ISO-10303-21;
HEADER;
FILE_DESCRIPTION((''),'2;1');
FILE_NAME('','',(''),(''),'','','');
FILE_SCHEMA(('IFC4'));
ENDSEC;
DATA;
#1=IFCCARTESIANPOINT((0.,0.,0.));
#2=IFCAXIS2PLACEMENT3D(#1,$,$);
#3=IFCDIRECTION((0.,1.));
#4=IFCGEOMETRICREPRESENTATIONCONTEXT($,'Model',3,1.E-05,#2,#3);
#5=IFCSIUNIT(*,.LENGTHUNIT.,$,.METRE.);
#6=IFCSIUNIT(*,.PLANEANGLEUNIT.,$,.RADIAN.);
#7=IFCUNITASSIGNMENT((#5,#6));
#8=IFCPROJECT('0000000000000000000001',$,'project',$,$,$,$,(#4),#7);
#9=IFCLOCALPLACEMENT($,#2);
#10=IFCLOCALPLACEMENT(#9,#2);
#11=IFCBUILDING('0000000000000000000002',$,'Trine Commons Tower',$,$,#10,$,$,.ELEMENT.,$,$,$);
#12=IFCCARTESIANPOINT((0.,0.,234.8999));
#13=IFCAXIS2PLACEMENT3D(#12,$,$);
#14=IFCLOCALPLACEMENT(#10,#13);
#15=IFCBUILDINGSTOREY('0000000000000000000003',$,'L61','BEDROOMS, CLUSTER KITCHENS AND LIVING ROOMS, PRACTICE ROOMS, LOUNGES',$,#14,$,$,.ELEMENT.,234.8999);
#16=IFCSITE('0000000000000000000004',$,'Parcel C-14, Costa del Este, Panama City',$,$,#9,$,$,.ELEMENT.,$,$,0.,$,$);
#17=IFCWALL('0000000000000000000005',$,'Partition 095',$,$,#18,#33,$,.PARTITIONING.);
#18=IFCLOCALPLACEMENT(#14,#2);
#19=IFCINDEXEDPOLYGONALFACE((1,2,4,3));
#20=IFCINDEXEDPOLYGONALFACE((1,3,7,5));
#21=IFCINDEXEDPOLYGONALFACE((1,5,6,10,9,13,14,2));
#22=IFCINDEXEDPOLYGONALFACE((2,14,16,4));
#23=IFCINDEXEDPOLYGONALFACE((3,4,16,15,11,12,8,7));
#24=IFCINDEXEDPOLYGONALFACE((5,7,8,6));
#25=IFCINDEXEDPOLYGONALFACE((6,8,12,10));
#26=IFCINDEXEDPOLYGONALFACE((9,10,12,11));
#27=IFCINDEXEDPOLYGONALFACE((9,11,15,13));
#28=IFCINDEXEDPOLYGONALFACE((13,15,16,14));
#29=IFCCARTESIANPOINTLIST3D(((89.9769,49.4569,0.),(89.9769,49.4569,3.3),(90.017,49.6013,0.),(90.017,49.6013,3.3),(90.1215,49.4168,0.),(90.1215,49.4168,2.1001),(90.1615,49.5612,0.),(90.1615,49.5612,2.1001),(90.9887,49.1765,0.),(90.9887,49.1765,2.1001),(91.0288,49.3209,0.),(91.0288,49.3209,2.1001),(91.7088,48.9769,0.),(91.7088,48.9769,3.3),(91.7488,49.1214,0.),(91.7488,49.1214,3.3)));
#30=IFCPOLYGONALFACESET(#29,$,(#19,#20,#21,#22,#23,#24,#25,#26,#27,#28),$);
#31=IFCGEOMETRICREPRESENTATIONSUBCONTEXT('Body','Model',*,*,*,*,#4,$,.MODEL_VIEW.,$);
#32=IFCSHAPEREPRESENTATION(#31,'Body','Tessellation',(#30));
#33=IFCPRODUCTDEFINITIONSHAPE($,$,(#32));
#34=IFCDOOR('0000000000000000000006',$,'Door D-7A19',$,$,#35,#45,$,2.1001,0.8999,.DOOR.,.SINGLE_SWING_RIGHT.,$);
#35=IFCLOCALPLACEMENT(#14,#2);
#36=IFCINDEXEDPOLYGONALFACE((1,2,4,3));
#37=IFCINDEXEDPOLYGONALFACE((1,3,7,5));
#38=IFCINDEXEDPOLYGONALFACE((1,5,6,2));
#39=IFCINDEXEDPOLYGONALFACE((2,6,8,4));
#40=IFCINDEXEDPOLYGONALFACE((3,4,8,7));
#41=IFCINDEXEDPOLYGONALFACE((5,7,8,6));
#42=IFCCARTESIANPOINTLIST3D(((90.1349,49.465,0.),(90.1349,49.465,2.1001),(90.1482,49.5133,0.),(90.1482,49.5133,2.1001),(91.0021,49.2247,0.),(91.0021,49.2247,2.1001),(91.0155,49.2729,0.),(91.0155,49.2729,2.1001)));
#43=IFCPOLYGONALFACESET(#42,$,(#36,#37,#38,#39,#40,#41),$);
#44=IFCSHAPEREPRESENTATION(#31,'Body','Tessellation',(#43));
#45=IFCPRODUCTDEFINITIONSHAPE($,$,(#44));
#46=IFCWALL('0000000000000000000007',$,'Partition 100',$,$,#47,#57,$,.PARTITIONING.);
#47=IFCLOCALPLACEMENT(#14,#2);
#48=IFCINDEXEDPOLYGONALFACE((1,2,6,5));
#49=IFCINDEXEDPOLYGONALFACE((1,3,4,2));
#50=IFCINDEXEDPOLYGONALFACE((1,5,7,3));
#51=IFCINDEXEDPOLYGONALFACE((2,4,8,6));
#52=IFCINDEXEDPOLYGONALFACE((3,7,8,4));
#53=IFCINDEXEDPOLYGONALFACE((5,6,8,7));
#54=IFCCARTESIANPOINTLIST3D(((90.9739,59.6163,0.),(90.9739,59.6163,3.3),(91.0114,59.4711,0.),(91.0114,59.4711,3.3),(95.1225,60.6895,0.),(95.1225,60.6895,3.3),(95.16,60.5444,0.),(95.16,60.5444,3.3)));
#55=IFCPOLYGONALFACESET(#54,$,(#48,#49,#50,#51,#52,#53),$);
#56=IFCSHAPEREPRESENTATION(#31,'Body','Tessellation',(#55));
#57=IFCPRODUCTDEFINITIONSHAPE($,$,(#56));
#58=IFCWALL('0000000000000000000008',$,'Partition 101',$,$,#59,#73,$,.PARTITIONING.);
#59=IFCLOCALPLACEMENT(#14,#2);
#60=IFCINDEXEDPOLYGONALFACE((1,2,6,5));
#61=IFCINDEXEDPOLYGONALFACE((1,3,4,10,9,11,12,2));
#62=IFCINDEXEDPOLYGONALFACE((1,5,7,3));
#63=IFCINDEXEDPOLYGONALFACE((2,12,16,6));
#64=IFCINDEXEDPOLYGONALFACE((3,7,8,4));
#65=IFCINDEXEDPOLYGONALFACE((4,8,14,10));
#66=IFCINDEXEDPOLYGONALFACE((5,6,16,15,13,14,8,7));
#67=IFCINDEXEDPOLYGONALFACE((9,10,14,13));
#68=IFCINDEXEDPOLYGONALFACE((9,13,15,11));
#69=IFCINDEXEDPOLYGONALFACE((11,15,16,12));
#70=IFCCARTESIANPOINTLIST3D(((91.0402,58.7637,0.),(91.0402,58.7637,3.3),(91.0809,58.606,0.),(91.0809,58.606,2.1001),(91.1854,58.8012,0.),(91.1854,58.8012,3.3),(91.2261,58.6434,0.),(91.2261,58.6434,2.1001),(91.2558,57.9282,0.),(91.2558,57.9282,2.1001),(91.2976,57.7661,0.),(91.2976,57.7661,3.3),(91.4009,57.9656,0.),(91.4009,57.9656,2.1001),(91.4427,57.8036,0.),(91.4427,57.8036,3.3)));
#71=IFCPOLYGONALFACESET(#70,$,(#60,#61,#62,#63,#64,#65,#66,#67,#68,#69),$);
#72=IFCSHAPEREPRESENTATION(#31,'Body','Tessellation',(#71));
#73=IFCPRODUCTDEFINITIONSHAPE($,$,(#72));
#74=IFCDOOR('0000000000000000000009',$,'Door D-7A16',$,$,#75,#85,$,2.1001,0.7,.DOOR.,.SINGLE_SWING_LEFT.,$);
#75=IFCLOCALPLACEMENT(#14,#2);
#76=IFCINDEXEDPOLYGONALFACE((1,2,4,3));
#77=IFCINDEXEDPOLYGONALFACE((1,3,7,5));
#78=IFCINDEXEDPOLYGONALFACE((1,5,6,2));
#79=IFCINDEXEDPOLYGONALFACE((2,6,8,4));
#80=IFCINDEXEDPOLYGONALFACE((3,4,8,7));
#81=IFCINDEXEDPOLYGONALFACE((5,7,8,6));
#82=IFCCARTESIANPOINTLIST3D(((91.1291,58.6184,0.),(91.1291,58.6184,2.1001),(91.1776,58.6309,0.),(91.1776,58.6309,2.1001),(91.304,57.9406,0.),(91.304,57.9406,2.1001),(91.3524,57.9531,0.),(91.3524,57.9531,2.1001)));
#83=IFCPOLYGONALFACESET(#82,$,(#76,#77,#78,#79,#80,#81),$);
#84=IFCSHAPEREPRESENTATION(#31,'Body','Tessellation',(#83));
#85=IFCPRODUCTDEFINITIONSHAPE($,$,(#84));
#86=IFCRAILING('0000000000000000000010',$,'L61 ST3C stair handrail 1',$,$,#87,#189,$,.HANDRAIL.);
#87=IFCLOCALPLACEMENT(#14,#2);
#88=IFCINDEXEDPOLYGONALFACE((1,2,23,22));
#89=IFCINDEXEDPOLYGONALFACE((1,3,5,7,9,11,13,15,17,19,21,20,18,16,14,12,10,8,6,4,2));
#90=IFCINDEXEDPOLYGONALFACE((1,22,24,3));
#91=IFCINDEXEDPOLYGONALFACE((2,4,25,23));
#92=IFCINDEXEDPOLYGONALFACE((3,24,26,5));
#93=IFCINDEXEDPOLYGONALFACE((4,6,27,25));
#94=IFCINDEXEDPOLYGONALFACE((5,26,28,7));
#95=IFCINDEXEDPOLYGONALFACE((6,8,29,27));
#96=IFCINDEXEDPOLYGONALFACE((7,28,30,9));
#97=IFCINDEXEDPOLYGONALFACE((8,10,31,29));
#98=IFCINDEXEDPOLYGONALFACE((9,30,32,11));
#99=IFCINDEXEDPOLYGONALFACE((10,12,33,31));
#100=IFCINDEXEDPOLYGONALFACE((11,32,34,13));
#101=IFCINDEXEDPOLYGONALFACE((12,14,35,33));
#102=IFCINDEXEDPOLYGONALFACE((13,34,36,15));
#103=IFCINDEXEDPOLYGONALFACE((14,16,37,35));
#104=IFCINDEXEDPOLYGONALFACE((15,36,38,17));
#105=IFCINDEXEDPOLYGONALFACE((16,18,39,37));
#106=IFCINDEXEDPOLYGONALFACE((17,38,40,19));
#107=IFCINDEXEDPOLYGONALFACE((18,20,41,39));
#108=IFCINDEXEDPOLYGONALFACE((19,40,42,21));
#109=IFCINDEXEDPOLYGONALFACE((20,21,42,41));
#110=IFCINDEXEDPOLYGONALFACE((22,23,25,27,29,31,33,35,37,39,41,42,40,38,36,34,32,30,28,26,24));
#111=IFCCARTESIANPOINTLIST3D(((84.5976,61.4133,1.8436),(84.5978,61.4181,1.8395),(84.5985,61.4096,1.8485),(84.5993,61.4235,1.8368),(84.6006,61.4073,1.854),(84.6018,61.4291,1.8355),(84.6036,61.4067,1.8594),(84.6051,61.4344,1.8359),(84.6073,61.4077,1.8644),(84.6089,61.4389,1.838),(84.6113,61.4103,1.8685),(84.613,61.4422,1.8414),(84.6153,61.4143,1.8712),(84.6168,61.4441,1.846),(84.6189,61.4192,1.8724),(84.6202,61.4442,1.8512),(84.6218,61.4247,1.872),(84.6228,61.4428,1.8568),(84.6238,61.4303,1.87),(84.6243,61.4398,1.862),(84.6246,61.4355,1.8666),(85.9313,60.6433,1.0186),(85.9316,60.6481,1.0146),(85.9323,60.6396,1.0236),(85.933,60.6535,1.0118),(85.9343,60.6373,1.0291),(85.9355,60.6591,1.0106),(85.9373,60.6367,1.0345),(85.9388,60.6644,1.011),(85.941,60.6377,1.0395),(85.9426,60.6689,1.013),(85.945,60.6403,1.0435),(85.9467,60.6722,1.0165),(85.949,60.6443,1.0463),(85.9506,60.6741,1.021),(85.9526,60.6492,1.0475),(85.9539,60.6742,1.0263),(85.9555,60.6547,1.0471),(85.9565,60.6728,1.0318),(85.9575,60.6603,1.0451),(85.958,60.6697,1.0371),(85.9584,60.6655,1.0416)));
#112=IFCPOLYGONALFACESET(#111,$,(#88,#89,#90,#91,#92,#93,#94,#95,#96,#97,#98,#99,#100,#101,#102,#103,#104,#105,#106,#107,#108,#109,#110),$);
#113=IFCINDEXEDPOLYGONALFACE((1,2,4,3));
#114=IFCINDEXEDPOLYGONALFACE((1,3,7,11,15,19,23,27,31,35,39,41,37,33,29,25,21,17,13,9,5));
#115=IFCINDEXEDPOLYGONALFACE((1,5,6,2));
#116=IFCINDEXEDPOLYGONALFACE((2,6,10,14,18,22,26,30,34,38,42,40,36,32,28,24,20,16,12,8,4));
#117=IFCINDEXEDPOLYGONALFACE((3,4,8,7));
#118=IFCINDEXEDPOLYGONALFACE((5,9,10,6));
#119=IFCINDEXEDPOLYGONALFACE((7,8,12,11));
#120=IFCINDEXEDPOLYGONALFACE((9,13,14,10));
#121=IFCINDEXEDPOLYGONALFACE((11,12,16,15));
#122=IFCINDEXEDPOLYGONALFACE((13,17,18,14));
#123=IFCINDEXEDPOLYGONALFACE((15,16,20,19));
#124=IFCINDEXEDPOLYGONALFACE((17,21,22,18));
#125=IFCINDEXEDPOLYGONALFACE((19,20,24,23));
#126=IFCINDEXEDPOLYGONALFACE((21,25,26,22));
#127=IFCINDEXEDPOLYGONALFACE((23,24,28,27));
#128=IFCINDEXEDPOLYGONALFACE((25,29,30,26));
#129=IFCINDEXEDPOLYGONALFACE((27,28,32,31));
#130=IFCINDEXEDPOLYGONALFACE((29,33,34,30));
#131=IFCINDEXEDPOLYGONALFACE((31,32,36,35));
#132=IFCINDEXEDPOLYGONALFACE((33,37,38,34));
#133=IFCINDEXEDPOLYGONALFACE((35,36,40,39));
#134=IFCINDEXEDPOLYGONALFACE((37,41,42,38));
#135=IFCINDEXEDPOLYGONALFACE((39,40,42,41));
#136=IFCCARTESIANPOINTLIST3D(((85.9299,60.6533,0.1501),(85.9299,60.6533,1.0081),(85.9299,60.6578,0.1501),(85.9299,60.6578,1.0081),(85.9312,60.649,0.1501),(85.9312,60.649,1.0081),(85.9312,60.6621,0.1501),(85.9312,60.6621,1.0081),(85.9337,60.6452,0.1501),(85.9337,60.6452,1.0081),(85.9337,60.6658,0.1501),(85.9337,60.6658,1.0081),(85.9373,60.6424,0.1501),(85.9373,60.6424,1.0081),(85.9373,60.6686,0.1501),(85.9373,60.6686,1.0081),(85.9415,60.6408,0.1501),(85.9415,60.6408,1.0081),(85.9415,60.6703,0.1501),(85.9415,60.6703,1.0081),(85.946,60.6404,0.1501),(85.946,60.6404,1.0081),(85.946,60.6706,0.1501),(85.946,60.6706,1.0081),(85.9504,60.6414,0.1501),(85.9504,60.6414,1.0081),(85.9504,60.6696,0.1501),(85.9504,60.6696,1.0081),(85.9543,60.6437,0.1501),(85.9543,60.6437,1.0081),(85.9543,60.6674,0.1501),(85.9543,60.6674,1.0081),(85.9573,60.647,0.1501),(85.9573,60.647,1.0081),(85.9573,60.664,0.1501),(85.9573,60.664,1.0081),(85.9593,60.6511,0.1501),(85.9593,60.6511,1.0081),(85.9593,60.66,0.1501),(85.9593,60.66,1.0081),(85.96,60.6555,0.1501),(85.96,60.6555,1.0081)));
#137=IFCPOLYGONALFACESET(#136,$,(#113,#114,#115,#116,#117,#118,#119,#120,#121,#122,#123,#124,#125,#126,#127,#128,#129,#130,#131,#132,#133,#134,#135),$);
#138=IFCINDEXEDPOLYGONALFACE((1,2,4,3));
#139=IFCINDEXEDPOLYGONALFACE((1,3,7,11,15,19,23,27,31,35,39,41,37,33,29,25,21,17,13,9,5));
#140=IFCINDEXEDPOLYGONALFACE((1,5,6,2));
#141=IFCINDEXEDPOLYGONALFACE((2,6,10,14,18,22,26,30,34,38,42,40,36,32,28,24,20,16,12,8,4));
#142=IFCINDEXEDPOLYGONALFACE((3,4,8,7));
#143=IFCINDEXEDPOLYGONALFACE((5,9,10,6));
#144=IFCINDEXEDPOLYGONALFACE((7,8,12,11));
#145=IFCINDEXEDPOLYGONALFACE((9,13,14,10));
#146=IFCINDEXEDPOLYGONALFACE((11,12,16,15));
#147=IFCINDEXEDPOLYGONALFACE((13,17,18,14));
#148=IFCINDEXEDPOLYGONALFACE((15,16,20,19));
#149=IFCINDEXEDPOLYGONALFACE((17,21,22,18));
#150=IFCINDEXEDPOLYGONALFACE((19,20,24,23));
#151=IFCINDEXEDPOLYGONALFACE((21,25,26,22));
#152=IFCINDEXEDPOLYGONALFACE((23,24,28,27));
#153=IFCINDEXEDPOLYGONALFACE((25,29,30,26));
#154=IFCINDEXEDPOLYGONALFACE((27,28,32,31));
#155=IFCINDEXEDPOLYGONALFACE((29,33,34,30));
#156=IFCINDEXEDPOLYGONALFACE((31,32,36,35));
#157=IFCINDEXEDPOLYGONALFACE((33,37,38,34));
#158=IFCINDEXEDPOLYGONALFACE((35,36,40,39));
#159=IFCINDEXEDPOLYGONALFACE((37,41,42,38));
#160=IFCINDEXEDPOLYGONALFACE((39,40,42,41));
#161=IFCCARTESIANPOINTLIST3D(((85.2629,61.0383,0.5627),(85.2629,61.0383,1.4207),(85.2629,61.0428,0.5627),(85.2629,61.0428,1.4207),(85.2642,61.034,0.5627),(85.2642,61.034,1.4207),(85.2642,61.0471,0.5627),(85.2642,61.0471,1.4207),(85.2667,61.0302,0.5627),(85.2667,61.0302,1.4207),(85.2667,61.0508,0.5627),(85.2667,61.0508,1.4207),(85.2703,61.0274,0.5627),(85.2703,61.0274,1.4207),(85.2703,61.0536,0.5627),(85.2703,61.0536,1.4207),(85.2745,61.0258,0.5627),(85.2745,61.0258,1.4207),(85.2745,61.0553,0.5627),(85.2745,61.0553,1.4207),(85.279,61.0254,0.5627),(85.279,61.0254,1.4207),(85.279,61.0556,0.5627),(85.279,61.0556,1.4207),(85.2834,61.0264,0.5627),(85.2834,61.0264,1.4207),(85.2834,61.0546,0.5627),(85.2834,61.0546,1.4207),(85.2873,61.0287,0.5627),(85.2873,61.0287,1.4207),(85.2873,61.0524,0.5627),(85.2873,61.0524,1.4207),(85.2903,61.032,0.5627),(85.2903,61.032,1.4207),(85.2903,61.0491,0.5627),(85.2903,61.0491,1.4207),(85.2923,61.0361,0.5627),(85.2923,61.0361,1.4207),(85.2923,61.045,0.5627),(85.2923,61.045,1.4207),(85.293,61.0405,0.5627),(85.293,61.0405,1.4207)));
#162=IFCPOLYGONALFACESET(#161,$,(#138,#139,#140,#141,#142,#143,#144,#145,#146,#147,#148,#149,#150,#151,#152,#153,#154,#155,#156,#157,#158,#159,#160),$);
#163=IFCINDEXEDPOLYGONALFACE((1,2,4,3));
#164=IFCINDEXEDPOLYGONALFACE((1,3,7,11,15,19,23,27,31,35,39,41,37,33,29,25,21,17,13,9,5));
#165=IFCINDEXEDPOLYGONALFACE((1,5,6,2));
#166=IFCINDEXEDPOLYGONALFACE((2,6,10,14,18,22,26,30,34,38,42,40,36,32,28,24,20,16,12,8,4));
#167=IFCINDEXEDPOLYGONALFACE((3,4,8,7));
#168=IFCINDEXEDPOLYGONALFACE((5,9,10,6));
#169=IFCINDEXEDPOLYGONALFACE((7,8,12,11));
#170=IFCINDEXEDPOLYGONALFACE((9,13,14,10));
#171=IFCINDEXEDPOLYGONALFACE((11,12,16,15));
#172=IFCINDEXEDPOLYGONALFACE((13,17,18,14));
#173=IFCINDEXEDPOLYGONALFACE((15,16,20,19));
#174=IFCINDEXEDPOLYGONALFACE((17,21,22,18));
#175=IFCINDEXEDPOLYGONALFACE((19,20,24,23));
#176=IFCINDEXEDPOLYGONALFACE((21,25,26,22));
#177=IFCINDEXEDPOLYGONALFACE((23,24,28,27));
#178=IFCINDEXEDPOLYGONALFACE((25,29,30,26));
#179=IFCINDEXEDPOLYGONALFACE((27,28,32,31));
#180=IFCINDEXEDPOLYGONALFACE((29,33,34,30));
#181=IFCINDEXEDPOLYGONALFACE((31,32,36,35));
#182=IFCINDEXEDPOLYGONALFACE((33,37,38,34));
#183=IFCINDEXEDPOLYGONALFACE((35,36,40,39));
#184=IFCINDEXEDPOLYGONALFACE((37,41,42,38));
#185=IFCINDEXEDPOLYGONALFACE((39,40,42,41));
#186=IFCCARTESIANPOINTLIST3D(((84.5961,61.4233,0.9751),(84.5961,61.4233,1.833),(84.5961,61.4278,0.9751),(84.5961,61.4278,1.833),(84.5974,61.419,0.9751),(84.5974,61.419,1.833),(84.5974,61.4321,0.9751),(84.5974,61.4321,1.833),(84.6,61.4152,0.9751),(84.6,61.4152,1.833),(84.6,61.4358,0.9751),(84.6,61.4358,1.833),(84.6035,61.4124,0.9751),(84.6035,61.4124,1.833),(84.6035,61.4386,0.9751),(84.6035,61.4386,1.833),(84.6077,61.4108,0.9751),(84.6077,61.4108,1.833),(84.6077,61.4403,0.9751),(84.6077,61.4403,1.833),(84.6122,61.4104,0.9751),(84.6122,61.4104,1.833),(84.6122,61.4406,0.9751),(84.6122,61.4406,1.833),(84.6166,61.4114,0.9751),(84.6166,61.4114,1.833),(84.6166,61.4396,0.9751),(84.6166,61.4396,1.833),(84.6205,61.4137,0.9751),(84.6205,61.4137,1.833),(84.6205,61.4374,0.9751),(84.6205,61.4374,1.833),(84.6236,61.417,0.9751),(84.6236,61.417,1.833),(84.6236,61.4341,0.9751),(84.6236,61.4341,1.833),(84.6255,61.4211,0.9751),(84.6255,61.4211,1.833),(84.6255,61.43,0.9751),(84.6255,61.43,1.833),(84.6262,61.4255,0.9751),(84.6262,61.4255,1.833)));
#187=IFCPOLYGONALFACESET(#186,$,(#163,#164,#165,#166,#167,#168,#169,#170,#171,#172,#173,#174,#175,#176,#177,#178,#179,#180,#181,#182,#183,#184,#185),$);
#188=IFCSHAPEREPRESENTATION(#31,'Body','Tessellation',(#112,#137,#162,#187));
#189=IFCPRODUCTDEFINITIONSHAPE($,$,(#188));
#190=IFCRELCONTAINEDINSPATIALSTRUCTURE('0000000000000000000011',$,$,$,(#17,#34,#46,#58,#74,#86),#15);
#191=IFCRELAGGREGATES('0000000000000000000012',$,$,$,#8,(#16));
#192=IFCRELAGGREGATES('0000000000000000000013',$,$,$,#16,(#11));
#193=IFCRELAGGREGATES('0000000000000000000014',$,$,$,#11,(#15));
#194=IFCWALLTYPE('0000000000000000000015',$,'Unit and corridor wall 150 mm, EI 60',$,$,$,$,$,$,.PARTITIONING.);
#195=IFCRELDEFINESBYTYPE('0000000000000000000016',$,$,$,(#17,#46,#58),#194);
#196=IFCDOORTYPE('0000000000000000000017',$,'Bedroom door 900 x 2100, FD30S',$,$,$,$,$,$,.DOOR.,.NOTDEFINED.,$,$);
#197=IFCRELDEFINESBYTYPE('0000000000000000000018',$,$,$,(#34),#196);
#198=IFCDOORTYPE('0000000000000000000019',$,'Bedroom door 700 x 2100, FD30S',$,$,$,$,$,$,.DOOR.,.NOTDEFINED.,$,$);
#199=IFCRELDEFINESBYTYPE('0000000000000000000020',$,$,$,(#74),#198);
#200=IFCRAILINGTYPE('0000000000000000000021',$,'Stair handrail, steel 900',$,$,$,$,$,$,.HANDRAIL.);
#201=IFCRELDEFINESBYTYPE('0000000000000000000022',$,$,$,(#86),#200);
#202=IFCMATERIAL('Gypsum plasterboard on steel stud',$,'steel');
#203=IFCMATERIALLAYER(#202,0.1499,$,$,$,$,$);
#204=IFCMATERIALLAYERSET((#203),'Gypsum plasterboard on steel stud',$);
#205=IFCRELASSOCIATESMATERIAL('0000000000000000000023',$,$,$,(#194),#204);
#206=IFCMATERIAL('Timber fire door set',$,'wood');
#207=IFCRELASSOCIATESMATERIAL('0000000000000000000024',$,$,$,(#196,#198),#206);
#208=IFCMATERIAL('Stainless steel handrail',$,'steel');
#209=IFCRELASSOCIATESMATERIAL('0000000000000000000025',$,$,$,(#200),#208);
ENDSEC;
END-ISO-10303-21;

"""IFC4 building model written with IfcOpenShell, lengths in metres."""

from ifc_helpers import new_model, si_unit, direction, frame, frame_2d, origin, origin_2d, place, context, subcontext, project, spatial, rectangle, circle, extrude, material, layer, layer_set, type_object, element, fill, save


model = new_model("IFC4")

# Units and contexts
model_context = context("Model", 3, precision=1e-05, world=origin(), true_north=direction((0.0, 1.0)))
body_context = subcontext(model_context, "Body", "Model", "MODEL_VIEW")
ifc_project = project(units=[si_unit("LENGTHUNIT", "METRE"), si_unit("PLANEANGLEUNIT", "RADIAN")], contexts=[model_context])

# Site, building, storey
site_placement = place(None, origin())
site = spatial("IfcSite", under=ifc_project, at=site_placement, Name="Parcel C-14, Costa del Este, Panama City", CompositionType="ELEMENT", RefElevation=0.0)
building_placement = place(site_placement, origin())
building = spatial("IfcBuilding", under=site, at=building_placement, Name="Trine Commons Tower", CompositionType="ELEMENT")
storey_placement = place(building_placement, frame((0.0, 0.0, 234.8999)))
storey = spatial("IfcBuildingStorey", under=building, at=storey_placement, Name="L61", Description="BEDROOMS, CLUSTER KITCHENS AND LIVING ROOMS, PRACTICE ROOMS, LOUNGES", CompositionType="ELEMENT", Elevation=234.8999)

# Shared definitions
ifc_material_1 = material(Name="Gypsum plasterboard on steel stud", Category="steel")
ifc_layer_1 = layer(ifc_material_1, 0.1499)
ifc_layer_set_1 = layer_set([ifc_layer_1], Name="Gypsum plasterboard on steel stud")
wall_type_1 = type_object("IfcWallType", Name="Unit and corridor wall 150 mm, EI 60", PredefinedType="PARTITIONING", material=ifc_layer_set_1)

# Shared definitions
ifc_material_2 = material(Name="Timber fire door set", Category="wood")
door_type_1 = type_object("IfcDoorType", Name="Bedroom door 900 x 2100, FD30S", OperationType="NOTDEFINED", PredefinedType="DOOR", material=ifc_material_2)

# Wall, opening, door
wall_1_placement = place(storey_placement, frame((89.9971, 49.5291, 0.0), z_axis=(0.0, 0.0, 1.0), x_axis=(0.963677, -0.267069, 0.0)))
wall_1 = element("IfcWall", 1, at=wall_1_placement, inside=storey, type_object=wall_type_1, Name="Partition 095", PredefinedType="PARTITIONING", context=body_context, shape_type="SweptSolid", body=[
    extrude(rectangle(XDim=1.7971, YDim=0.1499, at=frame_2d((0.8984, 0.0))), origin(), (0.0, 0.0, 1.0), 3.3),
])
opening_1_placement = place(wall_1_placement, frame((0.1499, 0.0, 0.0)))
opening_1 = element("IfcOpeningElement", 2, at=opening_1_placement, cuts=wall_1, PredefinedType="OPENING", context=body_context, shape_type="SweptSolid", body=[
    extrude(rectangle(XDim=0.8999, YDim=2.1001, at=frame_2d((0.45, 1.05))), frame((0.0, 0.085, 0.0), z_axis=(0.0, -1.0, 0.0), x_axis=(1.0, 0.0, 0.0)), (0.0, 0.0, 1.0), 0.1699),
])
door_1_placement = place(opening_1_placement, frame((0.8999, 0.0, 0.0), z_axis=(0.0, 0.0, 1.0), x_axis=(-1.0, 0.0, 0.0)))
door_1 = element("IfcDoor", 3, at=door_1_placement, inside=storey, type_object=door_type_1, Name="Door D-7A19", OperationType="SINGLE_SWING_RIGHT", OverallHeight=2.1001, OverallWidth=0.8999, PredefinedType="DOOR", context=body_context, shape_type="SweptSolid", body=[
    extrude(rectangle(XDim=0.8999, YDim=2.1001, at=frame_2d((0.45, 1.05))), frame((0.0, 0.0249, 0.0), z_axis=(0.0, -1.0, 0.0), x_axis=(1.0, 0.0, 0.0)), (0.0, 0.0, 1.0), 0.05),
])
fill(opening_1, door_1)

# Wall
wall_2_placement = place(storey_placement, frame((90.9927, 59.5437, 0.0), z_axis=(0.0, 0.0, 1.0), x_axis=(0.96813, 0.25045, 0.0)))
element("IfcWall", 4, at=wall_2_placement, inside=storey, type_object=wall_type_1, Name="Partition 100", PredefinedType="PARTITIONING", context=body_context, shape_type="SweptSolid", body=[
    extrude(rectangle(XDim=4.2852, YDim=0.1499, at=frame_2d((2.1426, 0.0))), origin(), (0.0, 0.0, 1.0), 3.3),
])

# Wall, opening, door
wall_3_placement = place(storey_placement, frame((91.1128, 58.7825, 0.0), z_axis=(0.0, 0.0, 1.0), x_axis=(0.249778, -0.968303, 0.0)))
wall_3 = element("IfcWall", 5, at=wall_3_placement, inside=storey, type_object=wall_type_1, Name="Partition 101", PredefinedType="PARTITIONING", context=body_context, shape_type="SweptSolid", body=[
    extrude(rectangle(XDim=1.0303, YDim=0.1499, at=frame_2d((0.5151, 0.0))), origin(), (0.0, 0.0, 1.0), 3.3),
])
opening_2_placement = place(wall_3_placement, frame((0.1628, 0.0, 0.0)))
opening_2 = element("IfcOpeningElement", 6, at=opening_2_placement, cuts=wall_3, PredefinedType="OPENING", context=body_context, shape_type="SweptSolid", body=[
    extrude(rectangle(XDim=0.7, YDim=2.1001, at=frame_2d((0.3501, 1.05))), frame((0.0, 0.085, 0.0), z_axis=(0.0, -1.0, 0.0), x_axis=(1.0, 0.0, 0.0)), (0.0, 0.0, 1.0), 0.1699),
])
door_type_2 = type_object("IfcDoorType", Name="Bedroom door 700 x 2100, FD30S", OperationType="NOTDEFINED", PredefinedType="DOOR", material=ifc_material_2)
door_2_placement = place(opening_2_placement, origin())
door_2 = element("IfcDoor", 7, at=door_2_placement, inside=storey, type_object=door_type_2, Name="Door D-7A16", OperationType="SINGLE_SWING_LEFT", OverallHeight=2.1001, OverallWidth=0.7, PredefinedType="DOOR", context=body_context, shape_type="SweptSolid", body=[
    extrude(rectangle(XDim=0.7, YDim=2.1001, at=frame_2d((0.3501, 1.05))), frame((0.0, 0.0249, 0.0), z_axis=(0.0, -1.0, 0.0), x_axis=(1.0, 0.0, 0.0)), (0.0, 0.0, 1.0), 0.05),
])
fill(opening_2, door_2)

# Railing
ifc_material_3 = material(Name="Stainless steel handrail", Category="steel")
railing_type = type_object("IfcRailingType", Name="Stair handrail, steel 900", PredefinedType="HANDRAIL", material=ifc_material_3)
railing_placement = place(storey_placement, frame((85.9448, 60.6555, 0.1501)))
element("IfcRailing", 8, at=railing_placement, inside=storey, type_object=railing_type, Name="L61 ST3C stair handrail 1", PredefinedType="HANDRAIL", context=body_context, shape_type="SweptSolid", body=[
    extrude(circle(Radius=0.021, at=origin_2d()), frame((0.0, 0.0, 0.8789), z_axis=(-0.763405, 0.440743, 0.472185), x_axis=(-0.499992, -0.86603, 0.0)), (0.0, 0.0, 1.0), 1.7471),
    extrude(circle(Radius=0.0151, at=origin_2d()), origin(), (0.0, 0.0, 1.0), 0.8579),
    extrude(circle(Radius=0.0151, at=origin_2d()), frame((-0.667, 0.385, 0.4126)), (0.0, 0.0, 1.0), 0.8579),
    extrude(circle(Radius=0.0151, at=origin_2d()), frame((-1.3337, 0.77, 0.825)), (0.0, 0.0, 1.0), 0.8579),
])

save(model, "model.ifc")
